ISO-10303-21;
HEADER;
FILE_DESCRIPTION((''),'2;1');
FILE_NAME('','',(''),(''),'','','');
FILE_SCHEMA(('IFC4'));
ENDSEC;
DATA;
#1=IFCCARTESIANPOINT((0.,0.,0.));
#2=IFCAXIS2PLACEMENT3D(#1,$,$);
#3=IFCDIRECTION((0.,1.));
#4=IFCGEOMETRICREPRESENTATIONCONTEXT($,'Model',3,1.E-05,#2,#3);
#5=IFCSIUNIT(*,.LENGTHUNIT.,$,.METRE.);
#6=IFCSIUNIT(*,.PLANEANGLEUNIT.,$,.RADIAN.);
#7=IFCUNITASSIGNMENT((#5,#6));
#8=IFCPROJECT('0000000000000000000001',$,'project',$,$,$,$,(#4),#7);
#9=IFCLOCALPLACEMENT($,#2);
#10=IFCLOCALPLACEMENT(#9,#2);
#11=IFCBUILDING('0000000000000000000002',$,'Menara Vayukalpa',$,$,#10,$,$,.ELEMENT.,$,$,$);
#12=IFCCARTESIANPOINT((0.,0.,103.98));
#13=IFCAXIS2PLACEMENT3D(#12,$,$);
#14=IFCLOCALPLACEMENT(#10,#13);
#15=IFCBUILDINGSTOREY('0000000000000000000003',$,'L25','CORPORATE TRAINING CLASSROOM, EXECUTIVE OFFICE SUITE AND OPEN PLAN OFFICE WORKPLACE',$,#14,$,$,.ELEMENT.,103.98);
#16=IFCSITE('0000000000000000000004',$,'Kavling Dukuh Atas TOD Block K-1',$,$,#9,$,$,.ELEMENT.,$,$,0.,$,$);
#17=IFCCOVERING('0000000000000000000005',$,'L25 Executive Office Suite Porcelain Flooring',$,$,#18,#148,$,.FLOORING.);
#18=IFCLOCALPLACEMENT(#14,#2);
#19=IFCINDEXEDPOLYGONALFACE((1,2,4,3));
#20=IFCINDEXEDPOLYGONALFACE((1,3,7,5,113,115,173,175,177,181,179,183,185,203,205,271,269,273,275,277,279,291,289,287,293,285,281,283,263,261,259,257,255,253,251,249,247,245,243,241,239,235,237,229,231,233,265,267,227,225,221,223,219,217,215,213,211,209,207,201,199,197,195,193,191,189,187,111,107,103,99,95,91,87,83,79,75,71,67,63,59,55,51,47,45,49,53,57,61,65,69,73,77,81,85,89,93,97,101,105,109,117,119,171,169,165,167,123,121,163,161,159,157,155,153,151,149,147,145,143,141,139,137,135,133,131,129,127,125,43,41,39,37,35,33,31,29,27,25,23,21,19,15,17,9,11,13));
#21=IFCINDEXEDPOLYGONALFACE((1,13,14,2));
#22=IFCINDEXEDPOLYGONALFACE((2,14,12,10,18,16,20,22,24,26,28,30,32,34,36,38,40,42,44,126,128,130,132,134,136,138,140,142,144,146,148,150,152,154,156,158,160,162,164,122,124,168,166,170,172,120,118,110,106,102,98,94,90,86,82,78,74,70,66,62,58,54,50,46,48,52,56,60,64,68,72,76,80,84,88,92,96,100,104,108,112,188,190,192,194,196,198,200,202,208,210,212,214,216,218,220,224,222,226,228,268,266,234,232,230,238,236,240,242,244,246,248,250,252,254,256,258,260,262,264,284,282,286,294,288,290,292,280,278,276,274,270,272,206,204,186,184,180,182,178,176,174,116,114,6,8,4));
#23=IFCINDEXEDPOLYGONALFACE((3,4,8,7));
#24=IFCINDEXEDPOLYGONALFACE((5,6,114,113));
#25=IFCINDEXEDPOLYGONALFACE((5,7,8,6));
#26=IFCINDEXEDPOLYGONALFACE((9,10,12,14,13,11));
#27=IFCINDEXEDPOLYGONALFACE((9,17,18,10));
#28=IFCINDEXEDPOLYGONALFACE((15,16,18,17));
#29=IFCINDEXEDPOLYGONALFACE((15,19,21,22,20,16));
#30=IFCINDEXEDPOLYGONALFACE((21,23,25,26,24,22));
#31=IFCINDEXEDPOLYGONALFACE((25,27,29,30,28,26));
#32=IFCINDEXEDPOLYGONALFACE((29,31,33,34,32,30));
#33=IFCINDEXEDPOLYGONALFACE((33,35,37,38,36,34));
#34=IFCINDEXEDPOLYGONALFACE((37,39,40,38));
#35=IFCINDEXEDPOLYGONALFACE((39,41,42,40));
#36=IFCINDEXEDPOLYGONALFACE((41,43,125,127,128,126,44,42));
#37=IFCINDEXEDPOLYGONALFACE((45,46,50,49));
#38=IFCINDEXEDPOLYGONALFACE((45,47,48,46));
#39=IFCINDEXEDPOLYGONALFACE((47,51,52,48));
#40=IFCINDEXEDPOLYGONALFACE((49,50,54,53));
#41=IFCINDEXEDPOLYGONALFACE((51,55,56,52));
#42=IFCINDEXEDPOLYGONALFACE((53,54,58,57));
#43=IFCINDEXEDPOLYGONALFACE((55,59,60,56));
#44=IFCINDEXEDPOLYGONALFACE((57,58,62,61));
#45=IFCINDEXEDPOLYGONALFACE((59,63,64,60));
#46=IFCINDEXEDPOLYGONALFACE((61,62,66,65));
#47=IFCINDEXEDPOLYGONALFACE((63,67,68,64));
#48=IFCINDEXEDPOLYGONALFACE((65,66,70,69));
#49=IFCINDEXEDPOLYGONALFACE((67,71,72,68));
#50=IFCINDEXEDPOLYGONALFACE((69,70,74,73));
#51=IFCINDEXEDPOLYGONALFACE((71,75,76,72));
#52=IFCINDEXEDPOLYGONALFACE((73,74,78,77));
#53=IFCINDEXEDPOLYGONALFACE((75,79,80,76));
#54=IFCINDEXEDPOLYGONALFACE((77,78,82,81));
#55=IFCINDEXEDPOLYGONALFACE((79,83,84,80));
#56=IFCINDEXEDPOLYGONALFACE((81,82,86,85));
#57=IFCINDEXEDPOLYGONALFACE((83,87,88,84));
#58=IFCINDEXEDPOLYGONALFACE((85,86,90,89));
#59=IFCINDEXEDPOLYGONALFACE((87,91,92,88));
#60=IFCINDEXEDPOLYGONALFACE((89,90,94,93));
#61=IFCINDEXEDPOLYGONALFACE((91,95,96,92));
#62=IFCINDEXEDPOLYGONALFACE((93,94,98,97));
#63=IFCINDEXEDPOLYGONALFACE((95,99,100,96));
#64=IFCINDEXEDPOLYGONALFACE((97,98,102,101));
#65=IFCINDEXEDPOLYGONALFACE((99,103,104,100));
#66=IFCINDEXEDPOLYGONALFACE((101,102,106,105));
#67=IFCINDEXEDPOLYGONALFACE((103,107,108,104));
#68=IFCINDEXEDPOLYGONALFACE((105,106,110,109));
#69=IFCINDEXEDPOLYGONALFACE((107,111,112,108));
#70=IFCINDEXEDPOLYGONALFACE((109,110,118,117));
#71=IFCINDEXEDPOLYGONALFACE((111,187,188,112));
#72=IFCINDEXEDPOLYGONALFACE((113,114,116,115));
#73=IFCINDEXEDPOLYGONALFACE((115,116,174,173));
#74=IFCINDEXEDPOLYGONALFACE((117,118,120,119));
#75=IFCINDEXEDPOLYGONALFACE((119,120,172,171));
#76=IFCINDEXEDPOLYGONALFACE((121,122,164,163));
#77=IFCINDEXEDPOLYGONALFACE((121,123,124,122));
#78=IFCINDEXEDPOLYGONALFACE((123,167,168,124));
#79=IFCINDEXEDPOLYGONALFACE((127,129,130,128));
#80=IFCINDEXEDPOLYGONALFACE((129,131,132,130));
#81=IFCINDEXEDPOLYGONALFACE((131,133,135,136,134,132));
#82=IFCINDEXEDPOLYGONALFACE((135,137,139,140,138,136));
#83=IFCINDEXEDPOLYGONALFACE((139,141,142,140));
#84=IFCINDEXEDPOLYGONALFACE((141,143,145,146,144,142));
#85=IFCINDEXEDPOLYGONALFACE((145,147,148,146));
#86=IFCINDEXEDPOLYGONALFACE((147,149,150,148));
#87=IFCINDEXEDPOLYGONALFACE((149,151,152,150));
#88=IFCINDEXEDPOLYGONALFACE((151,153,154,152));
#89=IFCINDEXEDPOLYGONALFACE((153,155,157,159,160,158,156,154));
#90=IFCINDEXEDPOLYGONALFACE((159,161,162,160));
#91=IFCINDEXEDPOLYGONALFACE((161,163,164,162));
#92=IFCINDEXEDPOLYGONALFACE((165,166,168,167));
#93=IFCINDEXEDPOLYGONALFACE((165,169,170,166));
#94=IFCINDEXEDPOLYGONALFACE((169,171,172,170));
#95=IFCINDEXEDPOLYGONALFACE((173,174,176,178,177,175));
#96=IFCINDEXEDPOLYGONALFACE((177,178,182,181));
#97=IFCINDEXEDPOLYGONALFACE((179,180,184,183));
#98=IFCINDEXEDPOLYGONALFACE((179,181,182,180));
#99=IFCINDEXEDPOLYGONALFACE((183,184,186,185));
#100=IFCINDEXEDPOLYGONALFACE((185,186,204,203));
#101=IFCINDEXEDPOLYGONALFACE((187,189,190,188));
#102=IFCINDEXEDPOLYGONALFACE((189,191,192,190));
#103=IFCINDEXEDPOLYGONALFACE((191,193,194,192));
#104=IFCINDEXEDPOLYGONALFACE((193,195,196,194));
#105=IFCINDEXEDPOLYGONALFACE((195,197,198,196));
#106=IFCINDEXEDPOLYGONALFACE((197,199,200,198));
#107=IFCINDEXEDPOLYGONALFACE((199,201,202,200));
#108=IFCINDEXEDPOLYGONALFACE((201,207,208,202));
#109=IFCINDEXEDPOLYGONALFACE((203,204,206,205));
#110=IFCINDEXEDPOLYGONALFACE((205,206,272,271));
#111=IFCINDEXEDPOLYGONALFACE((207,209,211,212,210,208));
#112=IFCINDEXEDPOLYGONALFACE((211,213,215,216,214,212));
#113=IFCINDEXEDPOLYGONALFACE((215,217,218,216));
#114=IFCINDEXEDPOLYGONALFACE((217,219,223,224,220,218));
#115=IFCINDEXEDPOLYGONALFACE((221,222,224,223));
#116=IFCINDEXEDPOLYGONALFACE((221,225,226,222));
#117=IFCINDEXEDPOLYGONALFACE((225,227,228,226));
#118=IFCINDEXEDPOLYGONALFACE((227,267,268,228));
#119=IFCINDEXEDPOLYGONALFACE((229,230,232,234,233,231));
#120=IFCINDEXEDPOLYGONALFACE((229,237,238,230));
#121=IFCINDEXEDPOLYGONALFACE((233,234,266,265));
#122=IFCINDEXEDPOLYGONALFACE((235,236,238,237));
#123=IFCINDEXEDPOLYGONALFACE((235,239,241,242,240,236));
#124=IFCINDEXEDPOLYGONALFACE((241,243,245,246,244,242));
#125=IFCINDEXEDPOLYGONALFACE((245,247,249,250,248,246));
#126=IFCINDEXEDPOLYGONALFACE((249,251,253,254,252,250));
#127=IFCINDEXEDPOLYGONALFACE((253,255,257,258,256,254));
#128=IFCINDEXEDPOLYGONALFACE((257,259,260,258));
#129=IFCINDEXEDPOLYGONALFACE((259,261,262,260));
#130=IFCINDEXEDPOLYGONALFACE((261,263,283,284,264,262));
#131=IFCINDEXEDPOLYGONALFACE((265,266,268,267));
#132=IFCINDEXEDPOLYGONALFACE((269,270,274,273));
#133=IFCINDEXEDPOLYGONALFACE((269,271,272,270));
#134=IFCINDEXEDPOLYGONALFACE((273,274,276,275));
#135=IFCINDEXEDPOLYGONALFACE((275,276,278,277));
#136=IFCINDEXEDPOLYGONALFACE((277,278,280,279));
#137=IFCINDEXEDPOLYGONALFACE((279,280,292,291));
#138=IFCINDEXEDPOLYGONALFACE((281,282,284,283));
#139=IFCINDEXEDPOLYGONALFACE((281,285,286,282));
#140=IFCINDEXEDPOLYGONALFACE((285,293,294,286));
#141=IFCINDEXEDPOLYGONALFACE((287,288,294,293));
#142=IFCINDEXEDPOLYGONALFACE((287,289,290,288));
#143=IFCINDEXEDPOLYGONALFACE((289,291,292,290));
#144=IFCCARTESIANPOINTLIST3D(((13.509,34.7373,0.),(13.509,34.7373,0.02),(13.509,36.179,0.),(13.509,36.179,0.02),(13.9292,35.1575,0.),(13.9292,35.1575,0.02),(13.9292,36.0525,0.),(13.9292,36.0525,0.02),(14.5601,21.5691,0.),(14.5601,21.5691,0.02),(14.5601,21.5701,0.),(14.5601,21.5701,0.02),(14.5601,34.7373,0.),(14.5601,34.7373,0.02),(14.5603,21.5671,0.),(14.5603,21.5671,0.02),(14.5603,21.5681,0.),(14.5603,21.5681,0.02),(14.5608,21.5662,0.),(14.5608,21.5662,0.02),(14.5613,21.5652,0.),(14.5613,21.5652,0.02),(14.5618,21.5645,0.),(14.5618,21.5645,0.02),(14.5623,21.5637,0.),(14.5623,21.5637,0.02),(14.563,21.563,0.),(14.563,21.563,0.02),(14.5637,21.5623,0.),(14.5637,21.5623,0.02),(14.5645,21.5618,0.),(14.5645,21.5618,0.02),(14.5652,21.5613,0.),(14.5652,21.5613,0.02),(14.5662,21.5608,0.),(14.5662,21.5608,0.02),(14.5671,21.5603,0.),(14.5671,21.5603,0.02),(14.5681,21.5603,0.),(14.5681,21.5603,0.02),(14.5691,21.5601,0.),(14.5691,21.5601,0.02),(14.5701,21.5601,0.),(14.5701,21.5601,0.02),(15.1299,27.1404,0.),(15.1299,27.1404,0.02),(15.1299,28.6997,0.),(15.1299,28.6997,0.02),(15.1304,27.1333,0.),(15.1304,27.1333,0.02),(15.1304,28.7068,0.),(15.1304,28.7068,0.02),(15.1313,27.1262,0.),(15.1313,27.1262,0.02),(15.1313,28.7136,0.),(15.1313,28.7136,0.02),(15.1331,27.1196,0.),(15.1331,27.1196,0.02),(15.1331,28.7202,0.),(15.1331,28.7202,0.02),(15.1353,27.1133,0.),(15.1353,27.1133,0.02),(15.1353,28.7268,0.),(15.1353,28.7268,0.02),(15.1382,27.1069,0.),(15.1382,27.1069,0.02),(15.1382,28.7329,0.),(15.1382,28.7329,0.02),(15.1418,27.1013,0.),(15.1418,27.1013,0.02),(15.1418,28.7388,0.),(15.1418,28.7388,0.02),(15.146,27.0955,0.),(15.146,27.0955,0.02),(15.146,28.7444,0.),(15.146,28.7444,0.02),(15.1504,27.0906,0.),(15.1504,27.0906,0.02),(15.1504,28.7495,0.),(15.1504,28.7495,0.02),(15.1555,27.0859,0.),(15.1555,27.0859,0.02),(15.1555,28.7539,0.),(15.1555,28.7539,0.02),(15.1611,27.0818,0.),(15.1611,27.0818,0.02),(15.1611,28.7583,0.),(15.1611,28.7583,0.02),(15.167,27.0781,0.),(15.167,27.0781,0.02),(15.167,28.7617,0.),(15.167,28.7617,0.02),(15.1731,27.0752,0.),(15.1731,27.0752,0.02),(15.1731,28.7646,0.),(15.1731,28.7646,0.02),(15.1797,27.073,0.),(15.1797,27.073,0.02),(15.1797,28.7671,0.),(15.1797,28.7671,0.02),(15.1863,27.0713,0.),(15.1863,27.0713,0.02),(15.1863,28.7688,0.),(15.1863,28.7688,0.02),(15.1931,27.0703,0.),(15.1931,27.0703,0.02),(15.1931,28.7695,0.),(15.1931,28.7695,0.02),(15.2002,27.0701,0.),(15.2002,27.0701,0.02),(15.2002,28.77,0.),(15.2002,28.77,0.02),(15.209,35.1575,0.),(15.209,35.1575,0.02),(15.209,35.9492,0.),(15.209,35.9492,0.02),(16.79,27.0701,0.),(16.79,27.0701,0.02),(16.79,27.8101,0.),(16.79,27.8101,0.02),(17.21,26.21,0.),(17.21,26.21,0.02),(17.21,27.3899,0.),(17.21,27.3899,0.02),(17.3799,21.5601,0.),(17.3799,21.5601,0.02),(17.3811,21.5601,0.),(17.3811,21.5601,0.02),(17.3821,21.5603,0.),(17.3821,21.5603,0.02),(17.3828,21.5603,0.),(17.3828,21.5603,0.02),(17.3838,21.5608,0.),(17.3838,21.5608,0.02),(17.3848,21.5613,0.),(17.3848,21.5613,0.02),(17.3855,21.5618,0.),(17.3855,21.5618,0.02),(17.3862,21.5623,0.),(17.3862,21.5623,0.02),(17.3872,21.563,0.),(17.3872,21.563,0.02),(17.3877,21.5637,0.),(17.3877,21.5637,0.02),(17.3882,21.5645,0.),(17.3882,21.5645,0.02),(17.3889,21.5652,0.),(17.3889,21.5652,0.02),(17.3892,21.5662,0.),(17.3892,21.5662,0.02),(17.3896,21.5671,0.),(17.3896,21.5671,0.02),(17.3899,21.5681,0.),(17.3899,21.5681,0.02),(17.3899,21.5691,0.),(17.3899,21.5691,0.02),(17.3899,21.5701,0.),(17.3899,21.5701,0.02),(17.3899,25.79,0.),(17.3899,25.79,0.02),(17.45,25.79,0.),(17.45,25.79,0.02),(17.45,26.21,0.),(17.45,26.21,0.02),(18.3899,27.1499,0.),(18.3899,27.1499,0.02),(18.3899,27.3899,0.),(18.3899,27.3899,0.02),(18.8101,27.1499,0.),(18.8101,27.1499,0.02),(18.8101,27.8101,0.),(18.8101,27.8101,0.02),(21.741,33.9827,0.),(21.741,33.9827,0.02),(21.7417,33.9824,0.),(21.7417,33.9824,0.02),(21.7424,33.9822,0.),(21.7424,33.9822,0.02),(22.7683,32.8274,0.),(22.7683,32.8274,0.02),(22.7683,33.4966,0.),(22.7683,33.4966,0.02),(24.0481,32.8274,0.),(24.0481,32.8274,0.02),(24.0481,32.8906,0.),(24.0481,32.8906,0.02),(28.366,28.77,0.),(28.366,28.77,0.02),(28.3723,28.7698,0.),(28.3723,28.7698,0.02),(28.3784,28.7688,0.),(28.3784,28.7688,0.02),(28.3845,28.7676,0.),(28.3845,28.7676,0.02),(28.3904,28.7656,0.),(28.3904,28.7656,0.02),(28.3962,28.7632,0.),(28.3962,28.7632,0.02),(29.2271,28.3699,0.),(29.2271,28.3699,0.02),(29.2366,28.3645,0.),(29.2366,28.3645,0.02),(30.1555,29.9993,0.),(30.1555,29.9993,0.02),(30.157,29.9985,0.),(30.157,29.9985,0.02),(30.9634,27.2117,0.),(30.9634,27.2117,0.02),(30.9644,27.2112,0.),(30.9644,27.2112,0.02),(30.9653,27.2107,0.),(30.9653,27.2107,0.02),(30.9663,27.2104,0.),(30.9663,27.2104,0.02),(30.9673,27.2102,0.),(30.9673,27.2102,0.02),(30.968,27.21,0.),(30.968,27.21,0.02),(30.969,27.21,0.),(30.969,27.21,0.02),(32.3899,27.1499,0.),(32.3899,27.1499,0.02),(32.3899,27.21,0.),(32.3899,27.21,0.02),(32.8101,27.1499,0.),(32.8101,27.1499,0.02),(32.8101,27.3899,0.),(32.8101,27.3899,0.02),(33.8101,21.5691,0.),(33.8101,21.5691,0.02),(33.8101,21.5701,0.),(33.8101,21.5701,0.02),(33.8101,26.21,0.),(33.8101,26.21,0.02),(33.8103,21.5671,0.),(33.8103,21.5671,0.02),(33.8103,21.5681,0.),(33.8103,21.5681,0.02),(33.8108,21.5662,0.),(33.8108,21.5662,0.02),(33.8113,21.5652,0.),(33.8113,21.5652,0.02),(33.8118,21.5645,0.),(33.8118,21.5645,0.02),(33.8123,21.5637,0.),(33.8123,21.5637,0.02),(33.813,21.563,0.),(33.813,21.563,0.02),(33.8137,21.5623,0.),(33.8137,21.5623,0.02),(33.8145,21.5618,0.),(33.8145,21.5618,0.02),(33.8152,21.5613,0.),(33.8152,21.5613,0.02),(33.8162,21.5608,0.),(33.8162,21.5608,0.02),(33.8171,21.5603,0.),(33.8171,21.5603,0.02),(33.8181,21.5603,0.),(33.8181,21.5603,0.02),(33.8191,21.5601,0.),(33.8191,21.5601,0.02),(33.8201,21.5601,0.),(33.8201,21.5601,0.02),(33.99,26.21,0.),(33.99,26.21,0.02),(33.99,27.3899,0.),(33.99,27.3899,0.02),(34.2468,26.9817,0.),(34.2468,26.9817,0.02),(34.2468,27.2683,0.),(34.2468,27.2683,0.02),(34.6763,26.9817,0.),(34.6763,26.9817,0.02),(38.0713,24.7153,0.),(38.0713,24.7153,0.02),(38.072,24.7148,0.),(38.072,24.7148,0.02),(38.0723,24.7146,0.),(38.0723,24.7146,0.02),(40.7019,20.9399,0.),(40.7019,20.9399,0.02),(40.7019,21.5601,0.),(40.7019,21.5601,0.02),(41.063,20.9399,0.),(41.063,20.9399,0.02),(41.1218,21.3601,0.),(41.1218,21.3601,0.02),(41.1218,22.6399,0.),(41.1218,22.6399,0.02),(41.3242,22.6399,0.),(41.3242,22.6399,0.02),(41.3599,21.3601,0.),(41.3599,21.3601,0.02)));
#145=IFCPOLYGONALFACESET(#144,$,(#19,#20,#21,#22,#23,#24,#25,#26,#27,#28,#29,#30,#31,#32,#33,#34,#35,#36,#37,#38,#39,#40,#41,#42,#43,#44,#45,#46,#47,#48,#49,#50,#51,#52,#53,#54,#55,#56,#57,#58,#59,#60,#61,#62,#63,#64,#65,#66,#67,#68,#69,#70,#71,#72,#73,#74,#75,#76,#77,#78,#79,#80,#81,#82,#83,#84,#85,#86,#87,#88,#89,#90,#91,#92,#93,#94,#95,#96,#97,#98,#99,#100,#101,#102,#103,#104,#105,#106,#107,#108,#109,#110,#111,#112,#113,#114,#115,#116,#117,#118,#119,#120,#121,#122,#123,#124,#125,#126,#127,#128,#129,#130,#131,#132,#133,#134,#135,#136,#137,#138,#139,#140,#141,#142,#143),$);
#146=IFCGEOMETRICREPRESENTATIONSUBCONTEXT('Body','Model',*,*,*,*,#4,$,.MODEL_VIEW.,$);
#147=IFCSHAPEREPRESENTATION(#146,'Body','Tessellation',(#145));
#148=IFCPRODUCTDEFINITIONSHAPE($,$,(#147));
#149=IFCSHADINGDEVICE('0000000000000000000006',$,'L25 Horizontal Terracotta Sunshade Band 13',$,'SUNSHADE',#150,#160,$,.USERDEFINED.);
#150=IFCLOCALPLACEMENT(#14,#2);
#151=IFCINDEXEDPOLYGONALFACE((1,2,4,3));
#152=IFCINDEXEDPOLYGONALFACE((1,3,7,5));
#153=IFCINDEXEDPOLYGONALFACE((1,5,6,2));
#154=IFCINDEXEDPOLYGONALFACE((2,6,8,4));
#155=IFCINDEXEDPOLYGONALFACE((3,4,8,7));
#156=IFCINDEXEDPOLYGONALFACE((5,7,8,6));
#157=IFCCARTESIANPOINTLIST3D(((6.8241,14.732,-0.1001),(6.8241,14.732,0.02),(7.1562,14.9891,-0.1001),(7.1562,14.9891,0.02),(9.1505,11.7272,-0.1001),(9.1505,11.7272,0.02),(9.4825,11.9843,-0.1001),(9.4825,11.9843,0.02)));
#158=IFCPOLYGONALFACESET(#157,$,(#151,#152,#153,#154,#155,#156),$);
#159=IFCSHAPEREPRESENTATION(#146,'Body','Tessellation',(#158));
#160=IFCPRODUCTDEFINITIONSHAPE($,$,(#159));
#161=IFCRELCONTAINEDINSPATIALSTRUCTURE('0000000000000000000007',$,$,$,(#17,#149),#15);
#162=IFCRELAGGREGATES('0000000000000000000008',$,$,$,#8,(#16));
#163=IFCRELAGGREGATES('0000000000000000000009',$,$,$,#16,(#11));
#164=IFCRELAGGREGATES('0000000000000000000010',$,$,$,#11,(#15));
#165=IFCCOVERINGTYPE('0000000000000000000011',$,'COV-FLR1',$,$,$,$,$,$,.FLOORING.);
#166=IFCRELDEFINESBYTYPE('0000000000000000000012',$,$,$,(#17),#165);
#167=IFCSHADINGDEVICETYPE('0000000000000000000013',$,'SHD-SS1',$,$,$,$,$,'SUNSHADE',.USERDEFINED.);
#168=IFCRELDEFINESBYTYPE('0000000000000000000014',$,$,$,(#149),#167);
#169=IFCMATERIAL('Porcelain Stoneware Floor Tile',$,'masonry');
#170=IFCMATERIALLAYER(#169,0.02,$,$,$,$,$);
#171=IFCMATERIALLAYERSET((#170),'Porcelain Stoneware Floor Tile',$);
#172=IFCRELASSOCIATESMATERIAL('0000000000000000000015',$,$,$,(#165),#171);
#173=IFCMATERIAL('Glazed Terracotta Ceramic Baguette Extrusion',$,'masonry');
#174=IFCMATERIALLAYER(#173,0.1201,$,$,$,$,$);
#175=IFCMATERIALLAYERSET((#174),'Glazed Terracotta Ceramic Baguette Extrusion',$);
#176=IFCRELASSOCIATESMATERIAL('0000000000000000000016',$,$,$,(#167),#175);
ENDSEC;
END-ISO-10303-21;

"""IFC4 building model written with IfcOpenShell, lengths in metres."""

from ifc_helpers import new_model, si_unit, direction, frame, origin, origin_2d, place, context, subcontext, project, spatial, polyline, rectangle, outline, extrude, material, layer, layer_set, type_object, element, save


model = new_model("IFC4")

# Units and contexts
model_context = context("Model", 3, precision=1e-05, world=origin(), true_north=direction((0.0, 1.0)))
body_context = subcontext(model_context, "Body", "Model", "MODEL_VIEW")
ifc_project = project(units=[si_unit("LENGTHUNIT", "METRE"), si_unit("PLANEANGLEUNIT", "RADIAN")], contexts=[model_context])

# Site, building, storey
site_placement = place(None, origin())
site = spatial("IfcSite", under=ifc_project, at=site_placement, Name="Kavling Dukuh Atas TOD Block K-1", CompositionType="ELEMENT", RefElevation=0.0)
building_placement = place(site_placement, origin())
building = spatial("IfcBuilding", under=site, at=building_placement, Name="Menara Vayukalpa", CompositionType="ELEMENT")
storey_placement = place(building_placement, frame((0.0, 0.0, 103.98)))
storey = spatial("IfcBuildingStorey", under=building, at=storey_placement, Name="L25", Description="CORPORATE TRAINING CLASSROOM, EXECUTIVE OFFICE SUITE AND OPEN PLAN OFFICE WORKPLACE", CompositionType="ELEMENT", Elevation=103.98)

# Covering
ifc_material_1 = material(Name="Porcelain Stoneware Floor Tile", Category="masonry")
ifc_layer_1 = layer(ifc_material_1, 0.02)
ifc_layer_set_1 = layer_set([ifc_layer_1], Name="Porcelain Stoneware Floor Tile")
covering_type_1 = type_object("IfcCoveringType", Name="COV-FLR1", PredefinedType="FLOORING", material=ifc_layer_set_1)
covering_1_placement = place(storey_placement, origin())
element("IfcCovering", 1, at=covering_1_placement, inside=storey, type_object=covering_type_1, Name="L25 Executive Office Suite Porcelain Flooring", PredefinedType="FLOORING", context=body_context, shape_type="SweptSolid", body=[
    extrude(outline(polyline([(40.7019, 20.9399), (40.7019, 21.5601), (33.8201, 21.5601), (33.8191, 21.5601), (33.8181, 21.5603), (33.8171, 21.5603), (33.8162, 21.5608), (33.8152, 21.5613), (33.8145, 21.5618), (33.8137, 21.5623), (33.813, 21.563), (33.8123, 21.5637), (33.8118, 21.5645), (33.8113, 21.5652), (33.8108, 21.5662), (33.8103, 21.5671), (33.8103, 21.5681), (33.8101, 21.5691), (33.8101, 21.5701), (33.8101, 26.21), (33.99, 26.21), (33.99, 27.3899), (32.8101, 27.3899), (32.8101, 27.1499), (32.3899, 27.1499), (32.3899, 27.21), (30.969, 27.21), (30.968, 27.21), (30.9673, 27.2102), (30.9663, 27.2104), (30.9653, 27.2107), (30.9644, 27.2112), (30.9634, 27.2117), (29.2366, 28.3645), (29.2271, 28.3699), (28.3962, 28.7632), (28.3904, 28.7656), (28.3845, 28.7676), (28.3784, 28.7688), (28.3723, 28.7698), (28.366, 28.77), (15.2002, 28.77), (15.1931, 28.7695), (15.1863, 28.7688), (15.1797, 28.7671), (15.1731, 28.7646), (15.167, 28.7617), (15.1611, 28.7583), (15.1555, 28.7539), (15.1504, 28.7495), (15.146, 28.7444), (15.1418, 28.7388), (15.1382, 28.7329), (15.1353, 28.7268), (15.1331, 28.7202), (15.1313, 28.7136), (15.1304, 28.7068), (15.1299, 28.6997), (15.1299, 27.1404), (15.1304, 27.1333), (15.1313, 27.1262), (15.1331, 27.1196), (15.1353, 27.1133), (15.1382, 27.1069), (15.1418, 27.1013), (15.146, 27.0955), (15.1504, 27.0906), (15.1555, 27.0859), (15.1611, 27.0818), (15.167, 27.0781), (15.1731, 27.0752), (15.1797, 27.073), (15.1863, 27.0713), (15.1931, 27.0703), (15.2002, 27.0701), (16.79, 27.0701), (16.79, 27.8101), (18.8101, 27.8101), (18.8101, 27.1499), (18.3899, 27.1499), (18.3899, 27.3899), (17.21, 27.3899), (17.21, 26.21), (17.45, 26.21), (17.45, 25.79), (17.3899, 25.79), (17.3899, 21.5701), (17.3899, 21.5691), (17.3899, 21.5681), (17.3896, 21.5671), (17.3892, 21.5662), (17.3889, 21.5652), (17.3882, 21.5645), (17.3877, 21.5637), (17.3872, 21.563), (17.3862, 21.5623), (17.3855, 21.5618), (17.3848, 21.5613), (17.3838, 21.5608), (17.3828, 21.5603), (17.3821, 21.5603), (17.3811, 21.5601), (17.3799, 21.5601), (14.5701, 21.5601), (14.5691, 21.5601), (14.5681, 21.5603), (14.5671, 21.5603), (14.5662, 21.5608), (14.5652, 21.5613), (14.5645, 21.5618), (14.5637, 21.5623), (14.563, 21.563), (14.5623, 21.5637), (14.5618, 21.5645), (14.5613, 21.5652), (14.5608, 21.5662), (14.5603, 21.5671), (14.5603, 21.5681), (14.5601, 21.5691), (14.5601, 21.5701), (14.5601, 34.7373), (13.509, 34.7373), (13.509, 36.179), (13.9292, 36.0525), (13.9292, 35.1575), (15.209, 35.1575), (15.209, 35.9492), (21.741, 33.9827), (21.7417, 33.9824), (21.7424, 33.9822), (22.7683, 33.4966), (22.7683, 32.8274), (24.0481, 32.8274), (24.0481, 32.8906), (30.1555, 29.9993), (30.157, 29.9985), (34.2468, 27.2683), (34.2468, 26.9817), (34.6763, 26.9817), (38.0713, 24.7153), (38.072, 24.7148), (38.0723, 24.7146), (41.3242, 22.6399), (41.1218, 22.6399), (41.1218, 21.3601), (41.3599, 21.3601), (41.063, 20.9399), (40.7019, 20.9399)])), origin(), (0.0, 0.0, 1.0), 0.02),
])

# Shading device
ifc_material_2 = material(Name="Glazed Terracotta Ceramic Baguette Extrusion", Category="masonry")
ifc_layer_2 = layer(ifc_material_2, 0.1201)
ifc_layer_set_2 = layer_set([ifc_layer_2], Name="Glazed Terracotta Ceramic Baguette Extrusion")
shading_device_type = type_object("IfcShadingDeviceType", Name="SHD-SS1", ElementType="SUNSHADE", PredefinedType="USERDEFINED", material=ifc_layer_set_2)
shading_device_placement = place(storey_placement, frame((8.1533, 13.3582, -0.1001), z_axis=(0.0, 0.0, 1.0), x_axis=(0.61219, -0.790711, 0.0)))
element("IfcShadingDevice", 2, at=shading_device_placement, inside=storey, type_object=shading_device_type, Name="L25 Horizontal Terracotta Sunshade Band 13", ObjectType="SUNSHADE", PredefinedType="USERDEFINED", context=body_context, shape_type="SweptSolid", body=[
    extrude(rectangle(XDim=3.8, YDim=0.4199, at=origin_2d()), origin(), (0.0, 0.0, 1.0), 0.1201),
])

save(model, "model.ifc")
